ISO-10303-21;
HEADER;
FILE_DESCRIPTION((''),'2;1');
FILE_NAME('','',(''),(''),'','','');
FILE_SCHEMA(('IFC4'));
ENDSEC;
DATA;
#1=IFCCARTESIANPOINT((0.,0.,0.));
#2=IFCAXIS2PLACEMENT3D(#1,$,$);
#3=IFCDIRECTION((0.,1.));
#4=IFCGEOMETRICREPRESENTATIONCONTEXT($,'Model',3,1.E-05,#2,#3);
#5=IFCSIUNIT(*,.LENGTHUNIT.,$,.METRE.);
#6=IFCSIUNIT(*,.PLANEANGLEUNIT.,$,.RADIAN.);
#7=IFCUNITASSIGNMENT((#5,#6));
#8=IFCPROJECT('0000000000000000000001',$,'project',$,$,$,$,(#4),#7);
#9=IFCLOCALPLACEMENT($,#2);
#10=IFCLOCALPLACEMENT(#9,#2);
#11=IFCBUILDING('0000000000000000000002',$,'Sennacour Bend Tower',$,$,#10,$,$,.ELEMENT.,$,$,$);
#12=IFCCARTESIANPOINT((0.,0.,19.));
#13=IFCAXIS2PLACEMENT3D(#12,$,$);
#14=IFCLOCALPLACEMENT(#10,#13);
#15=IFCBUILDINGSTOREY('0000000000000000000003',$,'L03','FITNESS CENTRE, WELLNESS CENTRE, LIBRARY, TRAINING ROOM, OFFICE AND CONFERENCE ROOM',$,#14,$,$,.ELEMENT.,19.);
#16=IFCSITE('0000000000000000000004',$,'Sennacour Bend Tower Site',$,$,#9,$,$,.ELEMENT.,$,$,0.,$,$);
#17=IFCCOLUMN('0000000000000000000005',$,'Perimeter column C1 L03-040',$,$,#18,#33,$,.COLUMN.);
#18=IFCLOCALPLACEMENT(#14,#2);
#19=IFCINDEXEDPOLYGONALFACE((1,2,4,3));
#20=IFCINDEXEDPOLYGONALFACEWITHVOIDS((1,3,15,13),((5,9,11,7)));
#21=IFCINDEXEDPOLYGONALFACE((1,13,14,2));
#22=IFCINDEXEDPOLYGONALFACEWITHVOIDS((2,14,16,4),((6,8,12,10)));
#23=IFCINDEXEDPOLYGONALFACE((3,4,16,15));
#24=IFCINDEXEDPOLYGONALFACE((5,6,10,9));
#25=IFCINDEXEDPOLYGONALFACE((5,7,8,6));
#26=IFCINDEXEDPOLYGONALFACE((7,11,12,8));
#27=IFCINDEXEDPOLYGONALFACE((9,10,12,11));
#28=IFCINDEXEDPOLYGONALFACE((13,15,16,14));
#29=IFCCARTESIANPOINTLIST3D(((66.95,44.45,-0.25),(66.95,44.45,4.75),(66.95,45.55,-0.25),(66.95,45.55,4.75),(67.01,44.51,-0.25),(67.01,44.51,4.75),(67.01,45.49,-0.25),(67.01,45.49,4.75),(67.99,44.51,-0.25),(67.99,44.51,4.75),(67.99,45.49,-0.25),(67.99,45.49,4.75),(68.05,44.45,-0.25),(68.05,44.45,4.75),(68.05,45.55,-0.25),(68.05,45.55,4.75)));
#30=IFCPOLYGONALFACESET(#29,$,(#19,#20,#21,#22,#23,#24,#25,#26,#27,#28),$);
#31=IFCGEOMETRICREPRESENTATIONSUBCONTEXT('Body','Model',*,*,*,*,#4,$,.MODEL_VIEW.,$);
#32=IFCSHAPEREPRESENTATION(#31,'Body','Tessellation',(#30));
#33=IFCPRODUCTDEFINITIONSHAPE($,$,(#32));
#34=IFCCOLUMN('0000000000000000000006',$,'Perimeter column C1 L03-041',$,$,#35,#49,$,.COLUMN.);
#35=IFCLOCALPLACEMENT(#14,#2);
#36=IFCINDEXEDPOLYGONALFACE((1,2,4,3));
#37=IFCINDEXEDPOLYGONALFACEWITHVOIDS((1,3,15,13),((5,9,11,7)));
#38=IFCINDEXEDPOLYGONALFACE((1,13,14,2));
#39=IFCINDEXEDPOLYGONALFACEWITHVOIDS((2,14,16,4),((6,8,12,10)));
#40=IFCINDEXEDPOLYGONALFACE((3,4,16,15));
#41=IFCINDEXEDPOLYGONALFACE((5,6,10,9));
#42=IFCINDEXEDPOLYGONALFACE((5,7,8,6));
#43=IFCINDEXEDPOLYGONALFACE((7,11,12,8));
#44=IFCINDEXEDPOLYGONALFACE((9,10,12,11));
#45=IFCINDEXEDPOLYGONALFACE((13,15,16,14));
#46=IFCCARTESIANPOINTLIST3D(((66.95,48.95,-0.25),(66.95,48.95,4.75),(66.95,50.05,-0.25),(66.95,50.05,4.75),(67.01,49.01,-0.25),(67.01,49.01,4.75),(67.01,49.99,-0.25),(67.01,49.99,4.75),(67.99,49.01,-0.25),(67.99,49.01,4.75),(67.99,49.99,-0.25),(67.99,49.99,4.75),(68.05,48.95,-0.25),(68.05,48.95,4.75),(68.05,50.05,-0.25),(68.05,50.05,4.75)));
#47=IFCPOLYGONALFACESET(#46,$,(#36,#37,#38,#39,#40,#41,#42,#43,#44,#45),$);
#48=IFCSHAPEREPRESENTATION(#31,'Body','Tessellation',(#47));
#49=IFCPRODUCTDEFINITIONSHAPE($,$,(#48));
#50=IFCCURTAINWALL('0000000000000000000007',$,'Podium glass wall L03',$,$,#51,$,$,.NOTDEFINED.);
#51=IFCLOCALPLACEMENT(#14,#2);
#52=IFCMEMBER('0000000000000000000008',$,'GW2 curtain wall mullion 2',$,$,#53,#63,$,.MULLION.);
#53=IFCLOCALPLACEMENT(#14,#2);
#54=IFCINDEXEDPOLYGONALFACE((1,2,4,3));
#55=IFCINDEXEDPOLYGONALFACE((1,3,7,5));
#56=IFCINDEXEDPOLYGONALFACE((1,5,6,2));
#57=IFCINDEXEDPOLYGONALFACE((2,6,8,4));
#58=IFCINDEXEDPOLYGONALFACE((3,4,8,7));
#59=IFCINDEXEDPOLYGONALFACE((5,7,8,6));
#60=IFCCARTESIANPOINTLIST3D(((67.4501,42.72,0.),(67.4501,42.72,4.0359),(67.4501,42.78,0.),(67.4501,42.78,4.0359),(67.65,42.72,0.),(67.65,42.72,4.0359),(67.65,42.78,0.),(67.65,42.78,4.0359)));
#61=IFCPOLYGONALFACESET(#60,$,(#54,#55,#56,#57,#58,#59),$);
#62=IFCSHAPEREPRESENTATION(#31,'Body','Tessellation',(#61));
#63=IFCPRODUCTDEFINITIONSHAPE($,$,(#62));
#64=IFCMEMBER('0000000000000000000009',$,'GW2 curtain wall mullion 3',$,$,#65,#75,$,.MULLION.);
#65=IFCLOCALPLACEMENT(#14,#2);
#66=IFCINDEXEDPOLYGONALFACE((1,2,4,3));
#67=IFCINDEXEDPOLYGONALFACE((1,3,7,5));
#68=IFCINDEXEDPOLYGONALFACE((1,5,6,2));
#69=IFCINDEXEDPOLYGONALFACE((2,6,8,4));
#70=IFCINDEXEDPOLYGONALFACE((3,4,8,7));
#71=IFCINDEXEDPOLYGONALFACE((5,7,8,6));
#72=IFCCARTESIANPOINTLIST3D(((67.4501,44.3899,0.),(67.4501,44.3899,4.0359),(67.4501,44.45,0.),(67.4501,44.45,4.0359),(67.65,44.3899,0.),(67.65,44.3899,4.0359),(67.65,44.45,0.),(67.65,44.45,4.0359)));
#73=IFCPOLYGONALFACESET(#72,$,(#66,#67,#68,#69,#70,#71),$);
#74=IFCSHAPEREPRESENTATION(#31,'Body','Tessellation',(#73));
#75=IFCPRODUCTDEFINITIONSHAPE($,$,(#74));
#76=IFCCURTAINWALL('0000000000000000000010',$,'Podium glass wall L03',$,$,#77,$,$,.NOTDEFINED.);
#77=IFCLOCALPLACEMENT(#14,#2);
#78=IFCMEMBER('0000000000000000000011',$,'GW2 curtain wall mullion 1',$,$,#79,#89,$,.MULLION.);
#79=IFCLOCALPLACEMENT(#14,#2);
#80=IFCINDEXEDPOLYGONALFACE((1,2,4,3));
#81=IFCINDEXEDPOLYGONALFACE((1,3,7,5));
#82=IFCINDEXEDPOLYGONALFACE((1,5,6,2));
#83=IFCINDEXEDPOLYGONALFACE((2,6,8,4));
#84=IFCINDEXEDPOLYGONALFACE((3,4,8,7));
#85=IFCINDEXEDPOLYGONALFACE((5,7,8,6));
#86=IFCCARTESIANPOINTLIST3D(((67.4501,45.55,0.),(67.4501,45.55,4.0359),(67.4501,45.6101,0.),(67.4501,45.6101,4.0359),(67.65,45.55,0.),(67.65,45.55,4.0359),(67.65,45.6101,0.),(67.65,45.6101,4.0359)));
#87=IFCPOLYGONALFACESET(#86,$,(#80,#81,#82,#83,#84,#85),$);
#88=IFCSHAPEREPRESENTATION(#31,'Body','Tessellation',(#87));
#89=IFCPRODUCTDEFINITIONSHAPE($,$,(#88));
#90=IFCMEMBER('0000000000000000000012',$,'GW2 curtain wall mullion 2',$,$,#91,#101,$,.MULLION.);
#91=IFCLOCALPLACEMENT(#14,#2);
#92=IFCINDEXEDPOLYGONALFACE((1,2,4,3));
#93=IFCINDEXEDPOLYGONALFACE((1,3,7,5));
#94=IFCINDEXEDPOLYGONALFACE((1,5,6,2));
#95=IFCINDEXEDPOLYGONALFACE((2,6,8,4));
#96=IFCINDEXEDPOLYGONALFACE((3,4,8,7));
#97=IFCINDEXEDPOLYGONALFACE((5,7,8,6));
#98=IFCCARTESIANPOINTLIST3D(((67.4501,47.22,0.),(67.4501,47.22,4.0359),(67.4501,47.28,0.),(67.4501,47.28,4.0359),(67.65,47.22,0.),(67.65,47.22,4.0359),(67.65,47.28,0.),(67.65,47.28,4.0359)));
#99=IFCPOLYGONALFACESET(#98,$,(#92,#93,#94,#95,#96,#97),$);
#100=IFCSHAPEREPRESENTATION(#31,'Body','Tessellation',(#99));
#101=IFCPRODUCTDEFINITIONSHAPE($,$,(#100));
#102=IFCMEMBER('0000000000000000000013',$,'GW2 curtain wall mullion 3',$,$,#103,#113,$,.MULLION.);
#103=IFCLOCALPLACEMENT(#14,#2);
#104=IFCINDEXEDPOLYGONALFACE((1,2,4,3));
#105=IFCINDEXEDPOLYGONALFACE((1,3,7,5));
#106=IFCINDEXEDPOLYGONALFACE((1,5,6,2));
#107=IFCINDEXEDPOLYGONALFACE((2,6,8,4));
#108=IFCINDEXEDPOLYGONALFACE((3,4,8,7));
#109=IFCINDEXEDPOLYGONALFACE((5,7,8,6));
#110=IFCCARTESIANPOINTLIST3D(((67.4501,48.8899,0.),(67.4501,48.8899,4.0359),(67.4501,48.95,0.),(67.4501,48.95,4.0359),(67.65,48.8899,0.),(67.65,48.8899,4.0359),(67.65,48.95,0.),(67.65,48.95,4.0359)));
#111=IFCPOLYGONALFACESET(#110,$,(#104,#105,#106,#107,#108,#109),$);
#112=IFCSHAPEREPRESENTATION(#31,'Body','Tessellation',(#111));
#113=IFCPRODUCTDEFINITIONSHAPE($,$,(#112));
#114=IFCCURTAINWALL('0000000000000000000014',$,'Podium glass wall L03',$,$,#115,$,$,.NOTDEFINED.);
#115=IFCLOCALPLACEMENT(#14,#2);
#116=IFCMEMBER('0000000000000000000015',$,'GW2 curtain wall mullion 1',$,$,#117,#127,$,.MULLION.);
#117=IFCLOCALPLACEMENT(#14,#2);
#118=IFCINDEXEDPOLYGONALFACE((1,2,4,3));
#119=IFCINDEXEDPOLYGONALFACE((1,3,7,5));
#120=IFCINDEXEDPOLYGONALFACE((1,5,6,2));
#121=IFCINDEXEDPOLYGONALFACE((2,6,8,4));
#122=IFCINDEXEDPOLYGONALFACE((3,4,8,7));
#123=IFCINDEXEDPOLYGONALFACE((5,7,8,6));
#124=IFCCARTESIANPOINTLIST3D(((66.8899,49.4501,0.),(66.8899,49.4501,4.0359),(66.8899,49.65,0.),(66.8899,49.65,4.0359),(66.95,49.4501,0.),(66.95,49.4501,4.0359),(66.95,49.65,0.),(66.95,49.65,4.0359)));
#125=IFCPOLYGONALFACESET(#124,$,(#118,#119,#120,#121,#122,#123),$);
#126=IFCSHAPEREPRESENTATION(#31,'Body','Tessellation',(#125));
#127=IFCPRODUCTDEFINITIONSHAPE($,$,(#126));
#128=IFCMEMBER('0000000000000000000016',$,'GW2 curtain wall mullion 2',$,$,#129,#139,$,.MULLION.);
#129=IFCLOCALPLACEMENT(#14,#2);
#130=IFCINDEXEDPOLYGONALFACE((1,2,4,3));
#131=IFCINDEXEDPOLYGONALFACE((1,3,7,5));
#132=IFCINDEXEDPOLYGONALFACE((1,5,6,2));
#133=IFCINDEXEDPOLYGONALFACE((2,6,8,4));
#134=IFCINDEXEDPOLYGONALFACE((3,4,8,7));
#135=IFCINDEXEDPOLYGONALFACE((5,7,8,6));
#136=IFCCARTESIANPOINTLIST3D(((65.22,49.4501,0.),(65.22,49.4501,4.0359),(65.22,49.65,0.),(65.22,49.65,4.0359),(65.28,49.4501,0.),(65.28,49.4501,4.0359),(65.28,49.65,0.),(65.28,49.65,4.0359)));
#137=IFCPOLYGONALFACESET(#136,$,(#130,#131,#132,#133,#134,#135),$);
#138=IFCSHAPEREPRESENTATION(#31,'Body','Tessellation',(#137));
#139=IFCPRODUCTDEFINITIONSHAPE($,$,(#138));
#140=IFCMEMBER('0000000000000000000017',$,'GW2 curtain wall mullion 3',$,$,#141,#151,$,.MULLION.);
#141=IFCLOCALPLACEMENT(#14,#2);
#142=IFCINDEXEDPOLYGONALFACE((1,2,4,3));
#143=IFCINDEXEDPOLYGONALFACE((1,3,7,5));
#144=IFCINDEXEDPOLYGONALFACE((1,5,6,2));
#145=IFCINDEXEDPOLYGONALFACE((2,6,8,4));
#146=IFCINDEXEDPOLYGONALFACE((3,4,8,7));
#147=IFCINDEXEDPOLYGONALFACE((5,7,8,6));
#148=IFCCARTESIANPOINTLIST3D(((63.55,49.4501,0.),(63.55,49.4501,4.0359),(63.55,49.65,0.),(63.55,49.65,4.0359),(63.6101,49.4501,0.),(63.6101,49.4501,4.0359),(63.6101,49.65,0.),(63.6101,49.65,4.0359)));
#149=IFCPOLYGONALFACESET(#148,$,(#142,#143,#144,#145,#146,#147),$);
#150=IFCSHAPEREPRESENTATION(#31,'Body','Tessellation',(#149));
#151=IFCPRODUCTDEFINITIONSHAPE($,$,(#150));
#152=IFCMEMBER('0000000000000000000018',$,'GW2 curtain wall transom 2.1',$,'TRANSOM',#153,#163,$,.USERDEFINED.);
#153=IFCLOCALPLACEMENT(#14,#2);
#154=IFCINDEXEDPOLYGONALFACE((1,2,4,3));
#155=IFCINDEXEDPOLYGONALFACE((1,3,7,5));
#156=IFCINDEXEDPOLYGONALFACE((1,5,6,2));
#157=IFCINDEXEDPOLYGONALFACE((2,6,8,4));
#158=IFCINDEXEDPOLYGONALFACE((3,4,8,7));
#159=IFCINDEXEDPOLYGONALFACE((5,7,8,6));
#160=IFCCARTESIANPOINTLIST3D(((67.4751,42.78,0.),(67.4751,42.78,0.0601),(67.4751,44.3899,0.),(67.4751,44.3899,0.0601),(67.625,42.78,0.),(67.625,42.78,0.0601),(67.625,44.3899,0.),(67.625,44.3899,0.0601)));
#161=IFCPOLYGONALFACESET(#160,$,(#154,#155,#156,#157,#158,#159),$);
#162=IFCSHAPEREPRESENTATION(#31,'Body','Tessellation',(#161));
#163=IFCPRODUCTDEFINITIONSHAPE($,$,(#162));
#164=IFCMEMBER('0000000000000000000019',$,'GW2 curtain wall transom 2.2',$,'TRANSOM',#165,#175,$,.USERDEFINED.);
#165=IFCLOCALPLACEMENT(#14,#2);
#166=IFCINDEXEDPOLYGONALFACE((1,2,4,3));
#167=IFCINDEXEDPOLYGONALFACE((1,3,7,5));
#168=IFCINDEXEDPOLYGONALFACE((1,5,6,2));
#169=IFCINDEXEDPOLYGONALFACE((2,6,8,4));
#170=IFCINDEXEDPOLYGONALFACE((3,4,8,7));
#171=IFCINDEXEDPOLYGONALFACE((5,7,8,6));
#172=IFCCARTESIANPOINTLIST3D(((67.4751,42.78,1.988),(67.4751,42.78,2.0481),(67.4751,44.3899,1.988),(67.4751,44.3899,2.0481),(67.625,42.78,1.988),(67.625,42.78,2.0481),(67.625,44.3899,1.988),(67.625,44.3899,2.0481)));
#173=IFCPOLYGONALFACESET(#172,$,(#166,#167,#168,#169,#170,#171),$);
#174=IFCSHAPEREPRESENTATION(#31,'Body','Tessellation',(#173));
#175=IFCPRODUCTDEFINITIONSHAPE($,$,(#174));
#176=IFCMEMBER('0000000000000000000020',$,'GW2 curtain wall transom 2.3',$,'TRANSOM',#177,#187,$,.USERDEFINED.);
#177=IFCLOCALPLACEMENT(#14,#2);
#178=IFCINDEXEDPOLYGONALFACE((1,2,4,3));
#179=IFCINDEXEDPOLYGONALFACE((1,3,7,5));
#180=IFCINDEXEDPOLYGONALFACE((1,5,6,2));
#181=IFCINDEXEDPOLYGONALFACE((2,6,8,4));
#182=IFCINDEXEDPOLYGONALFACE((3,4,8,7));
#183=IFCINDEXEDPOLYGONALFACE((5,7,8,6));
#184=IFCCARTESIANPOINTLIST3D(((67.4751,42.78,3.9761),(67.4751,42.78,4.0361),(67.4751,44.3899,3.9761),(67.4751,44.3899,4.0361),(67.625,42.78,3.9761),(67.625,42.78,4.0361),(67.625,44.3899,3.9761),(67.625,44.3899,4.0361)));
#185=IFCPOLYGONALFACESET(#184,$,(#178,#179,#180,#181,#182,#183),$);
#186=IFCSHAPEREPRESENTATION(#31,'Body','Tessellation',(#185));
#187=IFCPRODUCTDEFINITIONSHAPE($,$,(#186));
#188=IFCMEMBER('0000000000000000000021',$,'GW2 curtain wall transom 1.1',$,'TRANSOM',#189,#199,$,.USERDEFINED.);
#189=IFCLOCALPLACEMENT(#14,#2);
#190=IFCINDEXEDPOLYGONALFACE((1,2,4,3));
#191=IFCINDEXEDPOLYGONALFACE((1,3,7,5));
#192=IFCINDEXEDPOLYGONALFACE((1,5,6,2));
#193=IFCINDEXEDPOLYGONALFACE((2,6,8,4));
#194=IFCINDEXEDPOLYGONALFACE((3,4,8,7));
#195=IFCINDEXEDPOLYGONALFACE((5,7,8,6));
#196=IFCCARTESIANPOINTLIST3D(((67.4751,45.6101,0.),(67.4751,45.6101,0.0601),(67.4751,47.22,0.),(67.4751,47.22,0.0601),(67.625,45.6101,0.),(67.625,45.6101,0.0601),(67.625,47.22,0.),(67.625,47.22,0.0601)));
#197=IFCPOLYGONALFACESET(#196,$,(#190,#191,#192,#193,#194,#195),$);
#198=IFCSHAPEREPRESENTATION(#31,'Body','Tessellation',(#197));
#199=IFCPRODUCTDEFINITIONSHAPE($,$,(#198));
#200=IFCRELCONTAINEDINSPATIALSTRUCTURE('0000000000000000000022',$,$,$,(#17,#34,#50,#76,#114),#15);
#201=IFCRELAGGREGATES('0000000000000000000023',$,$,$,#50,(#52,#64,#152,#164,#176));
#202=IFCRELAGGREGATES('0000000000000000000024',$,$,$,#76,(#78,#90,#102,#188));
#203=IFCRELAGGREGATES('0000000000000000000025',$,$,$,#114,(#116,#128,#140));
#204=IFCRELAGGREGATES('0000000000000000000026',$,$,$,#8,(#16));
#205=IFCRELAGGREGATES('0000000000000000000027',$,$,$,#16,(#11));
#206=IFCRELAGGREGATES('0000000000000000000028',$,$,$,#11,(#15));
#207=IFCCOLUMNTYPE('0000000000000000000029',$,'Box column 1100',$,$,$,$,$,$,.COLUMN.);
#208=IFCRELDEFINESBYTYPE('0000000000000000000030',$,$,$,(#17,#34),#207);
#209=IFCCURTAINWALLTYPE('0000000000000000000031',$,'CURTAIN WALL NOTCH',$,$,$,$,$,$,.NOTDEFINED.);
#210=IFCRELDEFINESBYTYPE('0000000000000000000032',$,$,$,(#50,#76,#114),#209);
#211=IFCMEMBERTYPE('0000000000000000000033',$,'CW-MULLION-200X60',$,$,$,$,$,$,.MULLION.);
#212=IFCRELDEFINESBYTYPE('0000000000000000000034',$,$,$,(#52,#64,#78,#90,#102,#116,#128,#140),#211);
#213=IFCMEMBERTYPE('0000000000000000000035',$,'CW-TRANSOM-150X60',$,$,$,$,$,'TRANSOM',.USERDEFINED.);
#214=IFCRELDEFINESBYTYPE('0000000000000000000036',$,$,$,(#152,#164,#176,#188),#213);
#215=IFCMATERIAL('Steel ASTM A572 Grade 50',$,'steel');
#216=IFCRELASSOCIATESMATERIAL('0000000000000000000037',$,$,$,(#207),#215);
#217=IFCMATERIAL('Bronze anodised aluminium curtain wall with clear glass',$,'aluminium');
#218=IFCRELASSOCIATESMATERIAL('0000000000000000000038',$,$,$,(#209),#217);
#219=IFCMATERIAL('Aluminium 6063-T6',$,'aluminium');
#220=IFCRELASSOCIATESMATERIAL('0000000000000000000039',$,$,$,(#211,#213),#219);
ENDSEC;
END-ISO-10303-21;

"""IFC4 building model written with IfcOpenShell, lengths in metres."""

from ifc_helpers import new_model, si_unit, direction, frame, origin, origin_2d, place, context, subcontext, project, spatial, rectangle, hollow_rectangle, extrude, material, material_profile, profile_set, type_object, element, aggregate, save


model = new_model("IFC4")

# Units and contexts
model_context = context("Model", 3, precision=1e-05, world=origin(), true_north=direction((0.0, 1.0)))
body_context = subcontext(model_context, "Body", "Model", "MODEL_VIEW")
ifc_project = project(units=[si_unit("LENGTHUNIT", "METRE"), si_unit("PLANEANGLEUNIT", "RADIAN")], contexts=[model_context])

# Site, building, storey
site_placement = place(None, origin())
site = spatial("IfcSite", under=ifc_project, at=site_placement, Name="Sennacour Bend Tower Site", CompositionType="ELEMENT", RefElevation=0.0)
building_placement = place(site_placement, origin())
building = spatial("IfcBuilding", under=site, at=building_placement, Name="Sennacour Bend Tower", CompositionType="ELEMENT")
storey_placement = place(building_placement, frame((0.0, 0.0, 19.0)))
storey = spatial("IfcBuildingStorey", under=building, at=storey_placement, Name="L03", Description="FITNESS CENTRE, WELLNESS CENTRE, LIBRARY, TRAINING ROOM, OFFICE AND CONFERENCE ROOM", CompositionType="ELEMENT", Elevation=19.0)

# Columns
ifc_material_1 = material(Name="Steel ASTM A572 Grade 50", Category="steel")
ifc_material_profile_1 = material_profile(ifc_material_1, hollow_rectangle(XDim=1.1001, YDim=1.1001, WallThickness=0.0601, at=origin_2d()), Name="Steel ASTM A572 Grade 50", Category="steel")
ifc_profile_set_1 = profile_set([ifc_material_profile_1], Name="Steel ASTM A572 Grade 50")
column_type = type_object("IfcColumnType", Name="Box column 1100", PredefinedType="COLUMN", material=ifc_profile_set_1)
for number, where, z_axis, x_axis, name in (
    (1, (67.5, 45.0, -0.25), (0.0, 0.0, 1.0), (1.0, 0.0, 0.0), "Perimeter column C1 L03-040"),
    (2, (67.5, 49.5, -0.25), (0.0, 0.0, 1.0), (1.0, 0.0, 0.0), "Perimeter column C1 L03-041"),
):
    element("IfcColumn", number, at=place(storey_placement, frame(where, z_axis=z_axis, x_axis=x_axis)), inside=storey, type_object=column_type, Name=name, PredefinedType="COLUMN", context=body_context, shape_type="SweptSolid", body=[
        extrude(hollow_rectangle(XDim=1.1001, YDim=1.1001, WallThickness=0.0601, at=origin_2d()), origin(), (0.0, 0.0, 1.0), 5.0),
    ])

# Curtain walls, members
ifc_material_2 = material(Name="Bronze anodised aluminium curtain wall with clear glass", Category="aluminium")
curtain_wall_type = type_object("IfcCurtainWallType", Name="CURTAIN WALL NOTCH", PredefinedType="NOTDEFINED", material=ifc_material_2)
curtain_wall_1_placement = place(storey_placement, origin())
curtain_wall_1 = element("IfcCurtainWall", 3, at=curtain_wall_1_placement, inside=storey, type_object=curtain_wall_type, Name="Podium glass wall L03", PredefinedType="NOTDEFINED")
ifc_material_3 = material(Name="Aluminium 6063-T6", Category="aluminium")
ifc_material_profile_2 = material_profile(ifc_material_3, rectangle(XDim=0.2, YDim=0.0601, at=origin_2d()), Name="Aluminium 6063-T6", Category="aluminium")
ifc_profile_set_2 = profile_set([ifc_material_profile_2], Name="Aluminium 6063-T6")
member_type_1 = type_object("IfcMemberType", Name="CW-MULLION-200X60", PredefinedType="MULLION", material=ifc_profile_set_2)
member_1_placement = place(storey_placement, frame((67.55, 42.75, 0.0), z_axis=(0.0, 0.0, 1.0), x_axis=(-1.0, 0.0, 0.0)))
member_1 = element("IfcMember", 4, at=member_1_placement, type_object=member_type_1, Name="GW2 curtain wall mullion 2", PredefinedType="MULLION", context=body_context, shape_type="SweptSolid", body=[
    extrude(rectangle(XDim=0.2, YDim=0.0601, at=origin_2d()), origin(), (0.0, 0.0, 1.0), 4.0359),
])
member_2_placement = place(storey_placement, frame((67.55, 44.4199, 0.0), z_axis=(0.0, 0.0, 1.0), x_axis=(-1.0, 0.0, 0.0)))
member_2 = element("IfcMember", 5, at=member_2_placement, type_object=member_type_1, Name="GW2 curtain wall mullion 3", PredefinedType="MULLION", context=body_context, shape_type="SweptSolid", body=[
    extrude(rectangle(XDim=0.2, YDim=0.0601, at=origin_2d()), origin(), (0.0, 0.0, 1.0), 4.0359),
])
curtain_wall_2_placement = place(storey_placement, origin())
curtain_wall_2 = element("IfcCurtainWall", 6, at=curtain_wall_2_placement, inside=storey, type_object=curtain_wall_type, Name="Podium glass wall L03", PredefinedType="NOTDEFINED")
member_3_placement = place(storey_placement, frame((67.55, 45.5801, 0.0), z_axis=(0.0, 0.0, 1.0), x_axis=(-1.0, 0.0, 0.0)))
member_3 = element("IfcMember", 7, at=member_3_placement, type_object=member_type_1, Name="GW2 curtain wall mullion 1", PredefinedType="MULLION", context=body_context, shape_type="SweptSolid", body=[
    extrude(rectangle(XDim=0.2, YDim=0.0601, at=origin_2d()), origin(), (0.0, 0.0, 1.0), 4.0359),
])
member_4_placement = place(storey_placement, frame((67.55, 47.25, 0.0), z_axis=(0.0, 0.0, 1.0), x_axis=(-1.0, 0.0, 0.0)))
member_4 = element("IfcMember", 8, at=member_4_placement, type_object=member_type_1, Name="GW2 curtain wall mullion 2", PredefinedType="MULLION", context=body_context, shape_type="SweptSolid", body=[
    extrude(rectangle(XDim=0.2, YDim=0.0601, at=origin_2d()), origin(), (0.0, 0.0, 1.0), 4.0359),
])
member_5_placement = place(storey_placement, frame((67.55, 48.9199, 0.0), z_axis=(0.0, 0.0, 1.0), x_axis=(-1.0, 0.0, 0.0)))
member_5 = element("IfcMember", 9, at=member_5_placement, type_object=member_type_1, Name="GW2 curtain wall mullion 3", PredefinedType="MULLION", context=body_context, shape_type="SweptSolid", body=[
    extrude(rectangle(XDim=0.2, YDim=0.0601, at=origin_2d()), origin(), (0.0, 0.0, 1.0), 4.0359),
])
curtain_wall_3_placement = place(storey_placement, origin())
curtain_wall_3 = element("IfcCurtainWall", 10, at=curtain_wall_3_placement, inside=storey, type_object=curtain_wall_type, Name="Podium glass wall L03", PredefinedType="NOTDEFINED")
member_6_placement = place(storey_placement, frame((66.9199, 49.55, 0.0), z_axis=(0.0, 0.0, 1.0), x_axis=(0.0, -1.0, 0.0)))
member_6 = element("IfcMember", 11, at=member_6_placement, type_object=member_type_1, Name="GW2 curtain wall mullion 1", PredefinedType="MULLION", context=body_context, shape_type="SweptSolid", body=[
    extrude(rectangle(XDim=0.2, YDim=0.0601, at=origin_2d()), origin(), (0.0, 0.0, 1.0), 4.0359),
])
member_7_placement = place(storey_placement, frame((65.25, 49.55, 0.0), z_axis=(0.0, 0.0, 1.0), x_axis=(0.0, -1.0, 0.0)))
member_7 = element("IfcMember", 12, at=member_7_placement, type_object=member_type_1, Name="GW2 curtain wall mullion 2", PredefinedType="MULLION", context=body_context, shape_type="SweptSolid", body=[
    extrude(rectangle(XDim=0.2, YDim=0.0601, at=origin_2d()), origin(), (0.0, 0.0, 1.0), 4.0359),
])
member_8_placement = place(storey_placement, frame((63.5801, 49.55, 0.0), z_axis=(0.0, 0.0, 1.0), x_axis=(0.0, -1.0, 0.0)))
member_8 = element("IfcMember", 13, at=member_8_placement, type_object=member_type_1, Name="GW2 curtain wall mullion 3", PredefinedType="MULLION", context=body_context, shape_type="SweptSolid", body=[
    extrude(rectangle(XDim=0.2, YDim=0.0601, at=origin_2d()), origin(), (0.0, 0.0, 1.0), 4.0359),
])

# Members
ifc_material_profile_3 = material_profile(ifc_material_3, rectangle(XDim=0.1499, YDim=0.0601, at=origin_2d()), Name="Aluminium 6063-T6", Category="aluminium")
ifc_profile_set_3 = profile_set([ifc_material_profile_3], Name="Aluminium 6063-T6")
member_type_2 = type_object("IfcMemberType", Name="CW-TRANSOM-150X60", ElementType="TRANSOM", PredefinedType="USERDEFINED", material=ifc_profile_set_3)
member_9_placement = place(storey_placement, frame((67.55, 42.78, 0.03), z_axis=(0.0, 1.0, 0.0), x_axis=(-1.0, 0.0, 0.0)))
member_9 = element("IfcMember", 14, at=member_9_placement, type_object=member_type_2, Name="GW2 curtain wall transom 2.1", ObjectType="TRANSOM", PredefinedType="USERDEFINED", context=body_context, shape_type="SweptSolid", body=[
    extrude(rectangle(XDim=0.1499, YDim=0.0601, at=origin_2d()), origin(), (0.0, 0.0, 1.0), 1.6099),
])
member_10_placement = place(storey_placement, frame((67.55, 42.78, 2.0181), z_axis=(0.0, 1.0, 0.0), x_axis=(-1.0, 0.0, 0.0)))
member_10 = element("IfcMember", 15, at=member_10_placement, type_object=member_type_2, Name="GW2 curtain wall transom 2.2", ObjectType="TRANSOM", PredefinedType="USERDEFINED", context=body_context, shape_type="SweptSolid", body=[
    extrude(rectangle(XDim=0.1499, YDim=0.0601, at=origin_2d()), origin(), (0.0, 0.0, 1.0), 1.6099),
])
member_11_placement = place(storey_placement, frame((67.55, 42.78, 4.0061), z_axis=(0.0, 1.0, 0.0), x_axis=(-1.0, 0.0, 0.0)))
member_11 = element("IfcMember", 16, at=member_11_placement, type_object=member_type_2, Name="GW2 curtain wall transom 2.3", ObjectType="TRANSOM", PredefinedType="USERDEFINED", context=body_context, shape_type="SweptSolid", body=[
    extrude(rectangle(XDim=0.1499, YDim=0.0601, at=origin_2d()), origin(), (0.0, 0.0, 1.0), 1.6099),
])
member_12_placement = place(storey_placement, frame((67.55, 45.6101, 0.03), z_axis=(0.0, 1.0, 0.0), x_axis=(-1.0, 0.0, 0.0)))
member_12 = element("IfcMember", 17, at=member_12_placement, type_object=member_type_2, Name="GW2 curtain wall transom 1.1", ObjectType="TRANSOM", PredefinedType="USERDEFINED", context=body_context, shape_type="SweptSolid", body=[
    extrude(rectangle(XDim=0.1499, YDim=0.0601, at=origin_2d()), origin(), (0.0, 0.0, 1.0), 1.6099),
])

aggregate(curtain_wall_1, [member_1, member_2, member_9, member_10, member_11])
aggregate(curtain_wall_2, [member_3, member_4, member_5, member_12])
aggregate(curtain_wall_3, [member_6, member_7, member_8])

save(model, "model.ifc")
